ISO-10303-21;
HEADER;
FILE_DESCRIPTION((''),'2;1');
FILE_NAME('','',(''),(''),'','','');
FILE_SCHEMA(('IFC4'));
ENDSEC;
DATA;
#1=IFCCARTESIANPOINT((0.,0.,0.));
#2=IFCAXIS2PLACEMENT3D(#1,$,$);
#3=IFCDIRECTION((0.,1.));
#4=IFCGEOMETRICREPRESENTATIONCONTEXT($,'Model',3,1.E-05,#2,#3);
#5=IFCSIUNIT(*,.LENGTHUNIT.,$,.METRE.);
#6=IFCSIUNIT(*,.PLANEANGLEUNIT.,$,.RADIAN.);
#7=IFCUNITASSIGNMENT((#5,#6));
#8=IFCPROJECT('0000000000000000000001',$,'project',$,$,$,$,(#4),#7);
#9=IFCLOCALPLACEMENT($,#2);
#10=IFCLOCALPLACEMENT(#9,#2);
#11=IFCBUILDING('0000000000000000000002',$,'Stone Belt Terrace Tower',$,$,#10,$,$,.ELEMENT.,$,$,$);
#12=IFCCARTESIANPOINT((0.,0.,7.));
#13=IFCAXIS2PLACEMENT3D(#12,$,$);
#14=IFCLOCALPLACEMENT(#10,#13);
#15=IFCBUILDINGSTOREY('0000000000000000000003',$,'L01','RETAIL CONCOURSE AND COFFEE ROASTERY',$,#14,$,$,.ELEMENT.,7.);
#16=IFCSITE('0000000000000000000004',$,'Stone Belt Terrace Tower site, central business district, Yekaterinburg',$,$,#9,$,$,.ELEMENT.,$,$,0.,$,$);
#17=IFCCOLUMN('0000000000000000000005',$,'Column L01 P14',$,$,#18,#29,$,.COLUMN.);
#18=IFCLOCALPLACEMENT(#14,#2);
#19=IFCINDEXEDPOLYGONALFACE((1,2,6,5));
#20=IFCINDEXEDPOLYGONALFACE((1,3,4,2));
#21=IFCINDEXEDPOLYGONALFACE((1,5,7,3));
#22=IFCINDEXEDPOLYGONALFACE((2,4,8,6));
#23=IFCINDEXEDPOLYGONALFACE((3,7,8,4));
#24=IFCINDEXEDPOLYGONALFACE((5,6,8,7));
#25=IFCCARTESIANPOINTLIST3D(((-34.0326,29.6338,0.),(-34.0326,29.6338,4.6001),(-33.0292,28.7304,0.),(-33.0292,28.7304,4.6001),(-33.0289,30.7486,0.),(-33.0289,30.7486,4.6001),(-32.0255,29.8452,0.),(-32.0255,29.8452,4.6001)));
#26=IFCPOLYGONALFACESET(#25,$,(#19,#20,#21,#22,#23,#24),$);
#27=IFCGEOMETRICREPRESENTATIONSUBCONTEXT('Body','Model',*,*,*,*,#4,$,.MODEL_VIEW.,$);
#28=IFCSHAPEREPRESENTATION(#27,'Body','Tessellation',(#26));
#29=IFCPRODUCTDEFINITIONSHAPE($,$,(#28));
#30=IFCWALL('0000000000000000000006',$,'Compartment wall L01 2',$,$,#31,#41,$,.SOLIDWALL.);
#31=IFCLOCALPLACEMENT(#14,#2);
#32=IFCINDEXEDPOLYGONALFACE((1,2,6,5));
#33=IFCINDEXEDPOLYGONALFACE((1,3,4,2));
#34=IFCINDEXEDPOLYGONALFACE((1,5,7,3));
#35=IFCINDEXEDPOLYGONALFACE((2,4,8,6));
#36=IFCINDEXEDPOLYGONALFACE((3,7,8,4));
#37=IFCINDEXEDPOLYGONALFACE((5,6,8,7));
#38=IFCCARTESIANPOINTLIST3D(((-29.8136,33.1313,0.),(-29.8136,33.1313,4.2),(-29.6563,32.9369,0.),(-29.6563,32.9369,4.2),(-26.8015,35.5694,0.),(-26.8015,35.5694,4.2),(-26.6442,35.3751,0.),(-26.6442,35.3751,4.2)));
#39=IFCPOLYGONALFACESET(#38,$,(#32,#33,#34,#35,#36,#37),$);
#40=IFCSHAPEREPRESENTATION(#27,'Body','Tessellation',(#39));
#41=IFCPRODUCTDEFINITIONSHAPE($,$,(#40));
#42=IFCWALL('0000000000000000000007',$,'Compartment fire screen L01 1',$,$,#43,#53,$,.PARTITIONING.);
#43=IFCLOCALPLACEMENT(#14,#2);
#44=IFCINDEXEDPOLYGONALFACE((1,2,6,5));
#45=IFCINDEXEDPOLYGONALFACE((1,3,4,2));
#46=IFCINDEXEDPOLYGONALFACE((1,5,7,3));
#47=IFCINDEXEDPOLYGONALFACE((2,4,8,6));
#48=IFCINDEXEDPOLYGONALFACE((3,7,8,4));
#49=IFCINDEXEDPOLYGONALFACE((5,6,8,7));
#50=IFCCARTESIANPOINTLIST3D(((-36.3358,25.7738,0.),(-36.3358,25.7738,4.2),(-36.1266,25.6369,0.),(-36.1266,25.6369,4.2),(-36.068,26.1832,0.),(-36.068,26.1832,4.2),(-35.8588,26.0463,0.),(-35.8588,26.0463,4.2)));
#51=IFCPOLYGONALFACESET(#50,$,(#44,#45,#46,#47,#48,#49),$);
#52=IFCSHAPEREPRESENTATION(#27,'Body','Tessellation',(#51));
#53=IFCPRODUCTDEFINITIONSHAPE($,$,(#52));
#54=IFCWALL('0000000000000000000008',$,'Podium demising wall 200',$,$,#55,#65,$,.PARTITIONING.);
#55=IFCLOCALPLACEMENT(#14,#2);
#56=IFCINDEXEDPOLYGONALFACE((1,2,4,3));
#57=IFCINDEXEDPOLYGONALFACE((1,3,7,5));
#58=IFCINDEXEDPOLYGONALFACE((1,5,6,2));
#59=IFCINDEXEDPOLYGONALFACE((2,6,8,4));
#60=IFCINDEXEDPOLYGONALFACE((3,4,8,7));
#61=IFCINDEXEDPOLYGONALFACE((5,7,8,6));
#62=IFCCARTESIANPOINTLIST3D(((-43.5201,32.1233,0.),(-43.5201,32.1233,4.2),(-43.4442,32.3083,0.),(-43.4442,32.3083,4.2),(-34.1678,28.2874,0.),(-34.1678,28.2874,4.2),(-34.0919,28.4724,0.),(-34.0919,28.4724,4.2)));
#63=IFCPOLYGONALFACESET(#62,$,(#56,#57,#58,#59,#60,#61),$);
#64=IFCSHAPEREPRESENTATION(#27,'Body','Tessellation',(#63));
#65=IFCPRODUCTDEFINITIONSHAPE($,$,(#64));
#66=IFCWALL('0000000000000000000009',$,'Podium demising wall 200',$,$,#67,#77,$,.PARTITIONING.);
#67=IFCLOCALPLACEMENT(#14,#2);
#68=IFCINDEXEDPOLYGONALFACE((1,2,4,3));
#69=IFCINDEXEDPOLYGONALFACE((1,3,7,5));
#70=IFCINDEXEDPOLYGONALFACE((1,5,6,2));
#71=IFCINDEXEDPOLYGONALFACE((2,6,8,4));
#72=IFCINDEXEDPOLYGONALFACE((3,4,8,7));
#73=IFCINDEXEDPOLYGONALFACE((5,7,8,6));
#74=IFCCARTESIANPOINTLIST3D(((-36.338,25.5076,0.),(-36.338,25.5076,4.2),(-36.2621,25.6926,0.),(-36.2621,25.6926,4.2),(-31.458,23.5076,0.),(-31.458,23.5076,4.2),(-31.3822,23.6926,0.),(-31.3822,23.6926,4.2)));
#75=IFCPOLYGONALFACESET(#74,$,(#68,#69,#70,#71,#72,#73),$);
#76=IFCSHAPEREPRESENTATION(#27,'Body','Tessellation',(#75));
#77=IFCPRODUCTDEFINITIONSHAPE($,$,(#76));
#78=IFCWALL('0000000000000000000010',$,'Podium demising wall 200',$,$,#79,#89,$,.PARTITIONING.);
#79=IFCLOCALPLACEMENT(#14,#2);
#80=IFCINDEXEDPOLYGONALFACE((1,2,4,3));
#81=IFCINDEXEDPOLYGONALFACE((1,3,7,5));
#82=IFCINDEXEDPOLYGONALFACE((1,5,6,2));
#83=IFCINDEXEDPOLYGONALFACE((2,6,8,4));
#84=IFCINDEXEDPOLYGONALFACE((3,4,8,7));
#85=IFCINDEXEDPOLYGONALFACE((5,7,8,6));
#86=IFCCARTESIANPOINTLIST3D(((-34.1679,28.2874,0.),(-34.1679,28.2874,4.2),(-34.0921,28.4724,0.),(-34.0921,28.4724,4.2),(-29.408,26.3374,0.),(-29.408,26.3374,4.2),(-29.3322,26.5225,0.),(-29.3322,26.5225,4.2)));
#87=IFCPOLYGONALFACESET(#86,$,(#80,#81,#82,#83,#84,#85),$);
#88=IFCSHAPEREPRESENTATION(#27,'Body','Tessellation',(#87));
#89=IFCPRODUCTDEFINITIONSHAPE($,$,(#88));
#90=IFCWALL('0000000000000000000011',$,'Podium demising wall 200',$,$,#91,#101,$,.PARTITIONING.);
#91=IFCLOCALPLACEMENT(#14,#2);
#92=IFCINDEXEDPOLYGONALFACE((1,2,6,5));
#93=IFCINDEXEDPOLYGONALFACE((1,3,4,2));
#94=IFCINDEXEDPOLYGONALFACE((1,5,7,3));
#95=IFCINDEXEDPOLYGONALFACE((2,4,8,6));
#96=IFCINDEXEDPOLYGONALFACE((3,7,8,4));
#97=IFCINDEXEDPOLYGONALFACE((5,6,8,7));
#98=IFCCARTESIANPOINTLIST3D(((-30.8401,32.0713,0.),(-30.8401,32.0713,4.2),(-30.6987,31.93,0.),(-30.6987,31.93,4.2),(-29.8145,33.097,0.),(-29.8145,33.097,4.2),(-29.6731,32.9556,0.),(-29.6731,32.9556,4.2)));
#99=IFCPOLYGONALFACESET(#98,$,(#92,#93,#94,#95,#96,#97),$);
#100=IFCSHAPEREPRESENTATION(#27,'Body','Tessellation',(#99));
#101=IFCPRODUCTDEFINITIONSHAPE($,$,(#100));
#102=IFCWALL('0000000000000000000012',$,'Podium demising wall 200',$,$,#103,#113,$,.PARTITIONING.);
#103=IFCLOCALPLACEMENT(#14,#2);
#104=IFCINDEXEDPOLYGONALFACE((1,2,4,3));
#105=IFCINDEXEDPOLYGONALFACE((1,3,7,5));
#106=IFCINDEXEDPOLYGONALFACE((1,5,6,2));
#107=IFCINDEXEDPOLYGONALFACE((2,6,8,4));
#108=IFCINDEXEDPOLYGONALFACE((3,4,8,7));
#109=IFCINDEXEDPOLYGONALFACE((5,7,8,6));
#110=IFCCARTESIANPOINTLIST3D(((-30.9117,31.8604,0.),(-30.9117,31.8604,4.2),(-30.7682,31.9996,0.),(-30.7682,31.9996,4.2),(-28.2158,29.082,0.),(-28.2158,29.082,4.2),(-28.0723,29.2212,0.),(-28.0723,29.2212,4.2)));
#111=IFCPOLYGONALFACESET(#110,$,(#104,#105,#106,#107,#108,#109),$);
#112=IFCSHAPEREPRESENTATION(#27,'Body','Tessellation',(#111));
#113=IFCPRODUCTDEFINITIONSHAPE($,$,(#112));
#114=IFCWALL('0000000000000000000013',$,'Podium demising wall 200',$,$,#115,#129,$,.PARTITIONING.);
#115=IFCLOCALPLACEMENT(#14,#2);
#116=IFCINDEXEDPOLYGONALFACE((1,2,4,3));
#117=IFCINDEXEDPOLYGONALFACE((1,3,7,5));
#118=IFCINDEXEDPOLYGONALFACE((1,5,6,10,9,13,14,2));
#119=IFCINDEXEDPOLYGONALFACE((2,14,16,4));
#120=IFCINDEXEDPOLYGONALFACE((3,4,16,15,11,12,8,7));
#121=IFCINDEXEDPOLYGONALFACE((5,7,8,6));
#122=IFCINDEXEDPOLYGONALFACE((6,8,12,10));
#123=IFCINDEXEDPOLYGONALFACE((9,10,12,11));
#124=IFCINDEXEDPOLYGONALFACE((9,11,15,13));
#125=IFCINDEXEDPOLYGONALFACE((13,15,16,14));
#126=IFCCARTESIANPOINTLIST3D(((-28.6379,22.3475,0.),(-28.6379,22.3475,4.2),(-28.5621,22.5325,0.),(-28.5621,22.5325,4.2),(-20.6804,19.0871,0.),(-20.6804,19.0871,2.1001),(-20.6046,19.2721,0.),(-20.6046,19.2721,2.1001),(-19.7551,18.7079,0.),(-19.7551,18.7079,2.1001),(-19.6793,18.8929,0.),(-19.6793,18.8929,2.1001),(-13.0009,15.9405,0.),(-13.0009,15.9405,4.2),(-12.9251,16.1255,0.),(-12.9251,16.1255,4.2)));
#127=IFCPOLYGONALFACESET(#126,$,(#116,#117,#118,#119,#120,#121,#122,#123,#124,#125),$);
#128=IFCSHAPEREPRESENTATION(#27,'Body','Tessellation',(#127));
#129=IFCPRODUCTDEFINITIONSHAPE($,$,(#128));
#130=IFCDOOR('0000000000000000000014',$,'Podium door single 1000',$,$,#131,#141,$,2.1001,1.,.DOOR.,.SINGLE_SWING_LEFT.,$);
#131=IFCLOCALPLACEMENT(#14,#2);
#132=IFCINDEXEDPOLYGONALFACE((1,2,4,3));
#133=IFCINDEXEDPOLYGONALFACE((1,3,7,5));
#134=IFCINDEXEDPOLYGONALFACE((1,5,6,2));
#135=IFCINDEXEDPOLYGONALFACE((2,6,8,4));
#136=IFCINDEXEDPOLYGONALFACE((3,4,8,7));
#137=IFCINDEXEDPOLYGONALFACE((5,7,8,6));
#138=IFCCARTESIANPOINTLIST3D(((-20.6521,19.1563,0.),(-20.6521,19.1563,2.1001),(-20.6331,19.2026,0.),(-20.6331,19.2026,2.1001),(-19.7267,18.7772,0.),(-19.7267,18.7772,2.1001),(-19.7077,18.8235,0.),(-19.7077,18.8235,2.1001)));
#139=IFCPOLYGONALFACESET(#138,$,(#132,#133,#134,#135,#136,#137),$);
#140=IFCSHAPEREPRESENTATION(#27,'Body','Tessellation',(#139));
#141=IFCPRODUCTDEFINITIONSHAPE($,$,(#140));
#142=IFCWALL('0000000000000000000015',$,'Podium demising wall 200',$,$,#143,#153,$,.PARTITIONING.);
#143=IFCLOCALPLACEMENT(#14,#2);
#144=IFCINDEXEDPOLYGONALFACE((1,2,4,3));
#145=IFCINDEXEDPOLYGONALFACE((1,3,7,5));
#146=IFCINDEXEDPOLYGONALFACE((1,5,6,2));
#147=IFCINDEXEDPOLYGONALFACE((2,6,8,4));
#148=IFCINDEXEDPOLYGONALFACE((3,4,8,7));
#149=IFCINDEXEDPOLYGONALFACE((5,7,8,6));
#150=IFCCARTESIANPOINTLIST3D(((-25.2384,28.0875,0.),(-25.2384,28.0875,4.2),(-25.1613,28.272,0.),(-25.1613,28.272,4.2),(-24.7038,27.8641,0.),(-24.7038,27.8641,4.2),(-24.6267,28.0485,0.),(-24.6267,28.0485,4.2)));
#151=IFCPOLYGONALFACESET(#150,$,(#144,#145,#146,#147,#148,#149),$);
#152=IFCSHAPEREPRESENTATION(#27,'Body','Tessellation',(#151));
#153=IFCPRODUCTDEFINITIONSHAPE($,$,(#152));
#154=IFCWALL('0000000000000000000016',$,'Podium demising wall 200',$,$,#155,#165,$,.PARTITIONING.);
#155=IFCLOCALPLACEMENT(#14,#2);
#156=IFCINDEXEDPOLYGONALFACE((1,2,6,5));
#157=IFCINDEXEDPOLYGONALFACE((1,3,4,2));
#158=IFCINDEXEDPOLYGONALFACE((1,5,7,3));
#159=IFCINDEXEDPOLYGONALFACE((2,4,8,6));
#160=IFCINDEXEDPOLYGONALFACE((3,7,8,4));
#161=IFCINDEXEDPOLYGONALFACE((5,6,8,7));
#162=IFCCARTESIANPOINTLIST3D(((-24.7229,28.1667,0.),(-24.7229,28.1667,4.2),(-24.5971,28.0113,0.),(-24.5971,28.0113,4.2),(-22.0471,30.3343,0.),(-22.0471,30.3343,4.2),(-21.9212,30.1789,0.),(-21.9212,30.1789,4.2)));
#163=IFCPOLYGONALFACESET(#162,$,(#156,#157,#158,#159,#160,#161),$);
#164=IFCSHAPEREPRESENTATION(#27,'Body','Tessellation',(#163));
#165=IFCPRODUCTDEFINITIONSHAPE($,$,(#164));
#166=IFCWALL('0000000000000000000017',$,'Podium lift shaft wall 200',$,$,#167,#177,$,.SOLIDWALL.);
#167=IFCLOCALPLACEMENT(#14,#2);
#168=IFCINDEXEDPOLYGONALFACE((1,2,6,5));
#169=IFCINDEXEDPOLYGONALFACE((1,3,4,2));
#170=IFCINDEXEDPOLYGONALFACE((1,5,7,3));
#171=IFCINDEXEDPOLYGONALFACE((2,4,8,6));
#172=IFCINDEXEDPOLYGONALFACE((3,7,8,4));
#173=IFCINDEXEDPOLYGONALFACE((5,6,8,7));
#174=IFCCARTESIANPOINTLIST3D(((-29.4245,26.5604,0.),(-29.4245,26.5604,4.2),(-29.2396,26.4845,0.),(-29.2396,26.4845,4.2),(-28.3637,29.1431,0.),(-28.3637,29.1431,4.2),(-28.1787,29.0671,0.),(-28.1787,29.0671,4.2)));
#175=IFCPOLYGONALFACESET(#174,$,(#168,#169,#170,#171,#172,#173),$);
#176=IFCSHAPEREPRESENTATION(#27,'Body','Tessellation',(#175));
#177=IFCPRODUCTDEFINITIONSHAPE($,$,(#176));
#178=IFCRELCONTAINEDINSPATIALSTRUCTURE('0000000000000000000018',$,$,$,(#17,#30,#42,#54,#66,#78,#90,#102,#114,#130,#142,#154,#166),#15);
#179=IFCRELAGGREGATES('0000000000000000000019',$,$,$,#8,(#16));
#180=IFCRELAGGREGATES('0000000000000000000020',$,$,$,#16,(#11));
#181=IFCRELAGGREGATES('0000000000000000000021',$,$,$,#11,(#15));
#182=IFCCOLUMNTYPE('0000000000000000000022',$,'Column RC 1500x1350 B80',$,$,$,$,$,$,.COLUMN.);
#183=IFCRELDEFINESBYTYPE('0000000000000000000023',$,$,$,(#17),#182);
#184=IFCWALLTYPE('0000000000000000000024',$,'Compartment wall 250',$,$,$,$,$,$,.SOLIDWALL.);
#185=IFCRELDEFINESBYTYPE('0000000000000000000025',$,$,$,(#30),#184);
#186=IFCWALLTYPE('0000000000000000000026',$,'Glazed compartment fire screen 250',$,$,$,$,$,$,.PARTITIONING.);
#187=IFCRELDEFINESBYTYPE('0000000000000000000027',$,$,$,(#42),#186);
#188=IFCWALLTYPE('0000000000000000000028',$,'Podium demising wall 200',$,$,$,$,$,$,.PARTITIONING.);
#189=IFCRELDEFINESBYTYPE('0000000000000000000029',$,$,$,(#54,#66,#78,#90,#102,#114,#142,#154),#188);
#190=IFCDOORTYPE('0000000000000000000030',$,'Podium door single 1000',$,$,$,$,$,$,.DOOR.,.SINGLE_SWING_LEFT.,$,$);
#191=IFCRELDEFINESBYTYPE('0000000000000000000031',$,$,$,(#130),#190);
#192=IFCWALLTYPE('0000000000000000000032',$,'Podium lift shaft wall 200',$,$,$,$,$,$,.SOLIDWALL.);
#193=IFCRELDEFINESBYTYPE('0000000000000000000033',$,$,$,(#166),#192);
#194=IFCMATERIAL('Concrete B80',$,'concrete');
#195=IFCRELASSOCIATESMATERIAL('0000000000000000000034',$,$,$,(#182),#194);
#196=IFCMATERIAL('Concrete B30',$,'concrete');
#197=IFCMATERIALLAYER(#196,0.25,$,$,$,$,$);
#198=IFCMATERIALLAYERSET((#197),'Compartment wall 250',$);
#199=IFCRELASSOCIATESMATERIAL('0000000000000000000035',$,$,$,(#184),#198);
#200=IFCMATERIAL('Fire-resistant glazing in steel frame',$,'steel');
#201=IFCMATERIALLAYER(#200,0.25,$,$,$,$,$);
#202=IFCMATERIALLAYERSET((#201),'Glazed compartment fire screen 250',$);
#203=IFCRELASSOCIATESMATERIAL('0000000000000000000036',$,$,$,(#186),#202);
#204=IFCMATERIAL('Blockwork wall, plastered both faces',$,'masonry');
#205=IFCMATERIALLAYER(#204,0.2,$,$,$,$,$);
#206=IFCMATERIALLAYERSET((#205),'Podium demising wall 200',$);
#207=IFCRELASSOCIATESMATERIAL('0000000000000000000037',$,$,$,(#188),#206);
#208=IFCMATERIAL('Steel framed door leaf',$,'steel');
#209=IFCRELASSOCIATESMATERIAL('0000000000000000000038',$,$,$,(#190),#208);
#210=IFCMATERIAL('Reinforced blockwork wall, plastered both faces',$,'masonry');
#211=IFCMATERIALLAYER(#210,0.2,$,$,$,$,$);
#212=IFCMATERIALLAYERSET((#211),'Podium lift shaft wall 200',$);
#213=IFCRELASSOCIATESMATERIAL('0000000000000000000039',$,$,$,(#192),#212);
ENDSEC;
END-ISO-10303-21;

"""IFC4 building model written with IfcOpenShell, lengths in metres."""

from ifc_helpers import new_model, si_unit, direction, frame, frame_2d, origin, origin_2d, place, context, subcontext, project, spatial, rectangle, extrude, material, layer, layer_set, material_profile, profile_set, type_object, element, fill, save


model = new_model("IFC4")

# Units and contexts
model_context = context("Model", 3, precision=1e-05, world=origin(), true_north=direction((0.0, 1.0)))
body_context = subcontext(model_context, "Body", "Model", "MODEL_VIEW")
ifc_project = project(units=[si_unit("LENGTHUNIT", "METRE"), si_unit("PLANEANGLEUNIT", "RADIAN")], contexts=[model_context])

# Site, building, storey
site_placement = place(None, origin())
site = spatial("IfcSite", under=ifc_project, at=site_placement, Name="Stone Belt Terrace Tower site, central business district, Yekaterinburg", CompositionType="ELEMENT", RefElevation=0.0)
building_placement = place(site_placement, origin())
building = spatial("IfcBuilding", under=site, at=building_placement, Name="Stone Belt Terrace Tower", CompositionType="ELEMENT")
storey_placement = place(building_placement, frame((0.0, 0.0, 7.0)))
storey = spatial("IfcBuildingStorey", under=building, at=storey_placement, Name="L01", Description="RETAIL CONCOURSE AND COFFEE ROASTERY", CompositionType="ELEMENT", Elevation=7.0)

# Column
ifc_material_1 = material(Name="Concrete B80", Category="concrete")
ifc_material_profile = material_profile(ifc_material_1, rectangle(XDim=1.5, YDim=1.3501, at=origin_2d()), Name="RC 1500x1350")
ifc_profile_set = profile_set([ifc_material_profile], Name="Concrete B80")
column_type = type_object("IfcColumnType", Name="Column RC 1500x1350 B80", PredefinedType="COLUMN", material=ifc_profile_set)
column_placement = place(storey_placement, frame((-33.0291, 29.7395, 0.0), z_axis=(0.0, 0.0, 1.0), x_axis=(0.669131, 0.743145, 0.0)))
element("IfcColumn", 1, at=column_placement, inside=storey, type_object=column_type, Name="Column L01 P14", PredefinedType="COLUMN", context=body_context, shape_type="SweptSolid", body=[
    extrude(rectangle(XDim=1.5, YDim=1.3501, at=origin_2d()), origin(), (0.0, 0.0, 1.0), 4.6001),
])

# Walls
ifc_material_2 = material(Name="Concrete B30", Category="concrete")
ifc_layer_1 = layer(ifc_material_2, 0.25)
ifc_layer_set_1 = layer_set([ifc_layer_1], Name="Compartment wall 250")
wall_type_1 = type_object("IfcWallType", Name="Compartment wall 250", PredefinedType="SOLIDWALL", material=ifc_layer_set_1)
wall_1_placement = place(storey_placement, frame((-29.7349, 33.0342, 0.0), z_axis=(0.0, 0.0, 1.0), x_axis=(0.777273, 0.629164, 0.0)))
element("IfcWall", 2, at=wall_1_placement, inside=storey, type_object=wall_type_1, Name="Compartment wall L01 2", PredefinedType="SOLIDWALL", context=body_context, shape_type="SweptSolid", body=[
    extrude(rectangle(XDim=3.8752, YDim=0.25, at=frame_2d((1.9375, 0.0))), origin(), (0.0, 0.0, 1.0), 4.2),
])
ifc_material_3 = material(Name="Fire-resistant glazing in steel frame", Category="steel")
ifc_layer_2 = layer(ifc_material_3, 0.25)
ifc_layer_set_2 = layer_set([ifc_layer_2], Name="Glazed compartment fire screen 250")
wall_type_2 = type_object("IfcWallType", Name="Glazed compartment fire screen 250", PredefinedType="PARTITIONING", material=ifc_layer_set_2)
wall_2_placement = place(storey_placement, frame((-36.2312, 25.7053, 0.0), z_axis=(0.0, 0.0, 1.0), x_axis=(0.547424, 0.836855, 0.0)))
element("IfcWall", 3, at=wall_2_placement, inside=storey, type_object=wall_type_2, Name="Compartment fire screen L01 1", PredefinedType="PARTITIONING", context=body_context, shape_type="SweptSolid", body=[
    extrude(rectangle(XDim=0.4893, YDim=0.25, at=frame_2d((0.2446, 0.0))), origin(), (0.0, 0.0, 1.0), 4.2),
])
ifc_material_4 = material(Name="Blockwork wall, plastered both faces", Category="masonry")
ifc_layer_3 = layer(ifc_material_4, 0.2)
ifc_layer_set_3 = layer_set([ifc_layer_3], Name="Podium demising wall 200")
wall_type_3 = type_object("IfcWallType", Name="Podium demising wall 200", PredefinedType="PARTITIONING", material=ifc_layer_set_3)
wall_3_placement = place(storey_placement, frame((-43.4822, 32.2158, 0.0), z_axis=(0.0, 0.0, 1.0), x_axis=(0.9252, -0.37948, 0.0)))
element("IfcWall", 4, at=wall_3_placement, inside=storey, type_object=wall_type_3, Name="Podium demising wall 200", PredefinedType="PARTITIONING", context=body_context, shape_type="SweptSolid", body=[
    extrude(rectangle(XDim=10.1084, YDim=0.2, at=frame_2d((5.0542, 0.0))), origin(), (0.0, 0.0, 1.0), 4.2),
])
wall_4_placement = place(storey_placement, frame((-36.3, 25.6001, 0.0), z_axis=(0.0, 0.0, 1.0), x_axis=(0.925302, -0.379231, 0.0)))
element("IfcWall", 5, at=wall_4_placement, inside=storey, type_object=wall_type_3, Name="Podium demising wall 200", PredefinedType="PARTITIONING", context=body_context, shape_type="SweptSolid", body=[
    extrude(rectangle(XDim=5.2739, YDim=0.2, at=frame_2d((2.637, 0.0))), origin(), (0.0, 0.0, 1.0), 4.2),
])
wall_5_placement = place(storey_placement, frame((-34.1299, 28.3799, 0.0), z_axis=(0.0, 0.0, 1.0), x_axis=(0.925358, -0.379095, 0.0)))
element("IfcWall", 6, at=wall_5_placement, inside=storey, type_object=wall_type_3, Name="Podium demising wall 200", PredefinedType="PARTITIONING", context=body_context, shape_type="SweptSolid", body=[
    extrude(rectangle(XDim=5.1438, YDim=0.2, at=frame_2d((2.5718, 0.0))), origin(), (0.0, 0.0, 1.0), 4.2),
])
wall_6_placement = place(storey_placement, frame((-30.7693, 32.0007, 0.0), z_axis=(0.0, 0.0, 1.0), x_axis=(0.707107, 0.707107, 0.0)))
element("IfcWall", 7, at=wall_6_placement, inside=storey, type_object=wall_type_3, Name="Podium demising wall 200", PredefinedType="PARTITIONING", context=body_context, shape_type="SweptSolid", body=[
    extrude(rectangle(XDim=1.4504, YDim=0.2, at=frame_2d((0.7251, 0.0))), origin(), (0.0, 0.0, 1.0), 4.2),
])
wall_7_placement = place(storey_placement, frame((-30.8398, 31.9299, 0.0), z_axis=(0.0, 0.0, 1.0), x_axis=(0.696368, -0.717685, 0.0)))
element("IfcWall", 8, at=wall_7_placement, inside=storey, type_object=wall_type_3, Name="Podium demising wall 200", PredefinedType="PARTITIONING", context=body_context, shape_type="SweptSolid", body=[
    extrude(rectangle(XDim=3.8713, YDim=0.2, at=frame_2d((1.9355, 0.0))), origin(), (0.0, 0.0, 1.0), 4.2),
])

# Wall, opening, door
wall_8_placement = place(storey_placement, frame((-28.5999, 22.4399, 0.0), z_axis=(0.0, 0.0, 1.0), x_axis=(0.925339, -0.379142, 0.0)))
wall_8 = element("IfcWall", 9, at=wall_8_placement, inside=storey, type_object=wall_type_3, Name="Podium demising wall 200", PredefinedType="PARTITIONING", context=body_context, shape_type="SweptSolid", body=[
    extrude(rectangle(XDim=16.8987, YDim=0.2, at=frame_2d((8.4492, 0.0))), origin(), (0.0, 0.0, 1.0), 4.2),
])
opening_1_placement = place(wall_8_placement, frame((8.5994, 0.0, 0.0)))
opening_1 = element("IfcOpeningElement", 10, at=opening_1_placement, cuts=wall_8, PredefinedType="OPENING", context=body_context, shape_type="SweptSolid", body=[
    extrude(rectangle(XDim=1.0, YDim=2.1001, at=frame_2d((0.5, 1.05))), frame((0.0, 0.1099, 0.0), z_axis=(0.0, -1.0, 0.0), x_axis=(1.0, 0.0, 0.0)), (0.0, 0.0, 1.0), 0.22),
])
ifc_material_5 = material(Name="Steel framed door leaf", Category="steel")
door_type_1 = type_object("IfcDoorType", Name="Podium door single 1000", OperationType="SINGLE_SWING_LEFT", PredefinedType="DOOR", material=ifc_material_5)
door_1_placement = place(opening_1_placement, origin())
door_1 = element("IfcDoor", 11, at=door_1_placement, inside=storey, type_object=door_type_1, Name="Podium door single 1000", OperationType="SINGLE_SWING_LEFT", OverallHeight=2.1001, OverallWidth=1.0, PredefinedType="DOOR", context=body_context, shape_type="SweptSolid", body=[
    extrude(rectangle(XDim=1.0, YDim=2.1001, at=frame_2d((0.5, 1.05))), frame((0.0, 0.0249, 0.0), z_axis=(0.0, -1.0, 0.0), x_axis=(1.0, 0.0, 0.0)), (0.0, 0.0, 1.0), 0.05),
])
fill(opening_1, door_1)

# Walls
wall_9_placement = place(storey_placement, frame((-25.1997, 28.1797, 0.0), z_axis=(0.0, 0.0, 1.0), x_axis=(0.92264, -0.385663, 0.0)))
element("IfcWall", 12, at=wall_9_placement, inside=storey, type_object=wall_type_3, Name="Podium demising wall 200", PredefinedType="PARTITIONING", context=body_context, shape_type="SweptSolid", body=[
    extrude(rectangle(XDim=0.5793, YDim=0.2, at=frame_2d((0.2896, 0.0))), origin(), (0.0, 0.0, 1.0), 4.2),
])
wall_10_placement = place(storey_placement, frame((-24.6599, 28.0891, 0.0), z_axis=(0.0, 0.0, 1.0), x_axis=(0.77705, 0.629439, 0.0)))
element("IfcWall", 13, at=wall_10_placement, inside=storey, type_object=wall_type_3, Name="Podium demising wall 200", PredefinedType="PARTITIONING", context=body_context, shape_type="SweptSolid", body=[
    extrude(rectangle(XDim=3.4436, YDim=0.2, at=frame_2d((1.7217, 0.0))), origin(), (0.0, 0.0, 1.0), 4.2),
])
ifc_material_6 = material(Name="Reinforced blockwork wall, plastered both faces", Category="masonry")
ifc_layer_4 = layer(ifc_material_6, 0.2)
ifc_layer_set_4 = layer_set([ifc_layer_4], Name="Podium lift shaft wall 200")
wall_type_4 = type_object("IfcWallType", Name="Podium lift shaft wall 200", PredefinedType="SOLIDWALL", material=ifc_layer_set_4)
wall_11_placement = place(storey_placement, frame((-29.332, 26.5225, 0.0), z_axis=(0.0, 0.0, 1.0), x_axis=(0.379954, 0.925006, 0.0)))
element("IfcWall", 14, at=wall_11_placement, inside=storey, type_object=wall_type_4, Name="Podium lift shaft wall 200", PredefinedType="SOLIDWALL", context=body_context, shape_type="SweptSolid", body=[
    extrude(rectangle(XDim=2.792, YDim=0.2, at=frame_2d((1.396, 0.0))), origin(), (0.0, 0.0, 1.0), 4.2),
])

save(model, "model.ifc")
